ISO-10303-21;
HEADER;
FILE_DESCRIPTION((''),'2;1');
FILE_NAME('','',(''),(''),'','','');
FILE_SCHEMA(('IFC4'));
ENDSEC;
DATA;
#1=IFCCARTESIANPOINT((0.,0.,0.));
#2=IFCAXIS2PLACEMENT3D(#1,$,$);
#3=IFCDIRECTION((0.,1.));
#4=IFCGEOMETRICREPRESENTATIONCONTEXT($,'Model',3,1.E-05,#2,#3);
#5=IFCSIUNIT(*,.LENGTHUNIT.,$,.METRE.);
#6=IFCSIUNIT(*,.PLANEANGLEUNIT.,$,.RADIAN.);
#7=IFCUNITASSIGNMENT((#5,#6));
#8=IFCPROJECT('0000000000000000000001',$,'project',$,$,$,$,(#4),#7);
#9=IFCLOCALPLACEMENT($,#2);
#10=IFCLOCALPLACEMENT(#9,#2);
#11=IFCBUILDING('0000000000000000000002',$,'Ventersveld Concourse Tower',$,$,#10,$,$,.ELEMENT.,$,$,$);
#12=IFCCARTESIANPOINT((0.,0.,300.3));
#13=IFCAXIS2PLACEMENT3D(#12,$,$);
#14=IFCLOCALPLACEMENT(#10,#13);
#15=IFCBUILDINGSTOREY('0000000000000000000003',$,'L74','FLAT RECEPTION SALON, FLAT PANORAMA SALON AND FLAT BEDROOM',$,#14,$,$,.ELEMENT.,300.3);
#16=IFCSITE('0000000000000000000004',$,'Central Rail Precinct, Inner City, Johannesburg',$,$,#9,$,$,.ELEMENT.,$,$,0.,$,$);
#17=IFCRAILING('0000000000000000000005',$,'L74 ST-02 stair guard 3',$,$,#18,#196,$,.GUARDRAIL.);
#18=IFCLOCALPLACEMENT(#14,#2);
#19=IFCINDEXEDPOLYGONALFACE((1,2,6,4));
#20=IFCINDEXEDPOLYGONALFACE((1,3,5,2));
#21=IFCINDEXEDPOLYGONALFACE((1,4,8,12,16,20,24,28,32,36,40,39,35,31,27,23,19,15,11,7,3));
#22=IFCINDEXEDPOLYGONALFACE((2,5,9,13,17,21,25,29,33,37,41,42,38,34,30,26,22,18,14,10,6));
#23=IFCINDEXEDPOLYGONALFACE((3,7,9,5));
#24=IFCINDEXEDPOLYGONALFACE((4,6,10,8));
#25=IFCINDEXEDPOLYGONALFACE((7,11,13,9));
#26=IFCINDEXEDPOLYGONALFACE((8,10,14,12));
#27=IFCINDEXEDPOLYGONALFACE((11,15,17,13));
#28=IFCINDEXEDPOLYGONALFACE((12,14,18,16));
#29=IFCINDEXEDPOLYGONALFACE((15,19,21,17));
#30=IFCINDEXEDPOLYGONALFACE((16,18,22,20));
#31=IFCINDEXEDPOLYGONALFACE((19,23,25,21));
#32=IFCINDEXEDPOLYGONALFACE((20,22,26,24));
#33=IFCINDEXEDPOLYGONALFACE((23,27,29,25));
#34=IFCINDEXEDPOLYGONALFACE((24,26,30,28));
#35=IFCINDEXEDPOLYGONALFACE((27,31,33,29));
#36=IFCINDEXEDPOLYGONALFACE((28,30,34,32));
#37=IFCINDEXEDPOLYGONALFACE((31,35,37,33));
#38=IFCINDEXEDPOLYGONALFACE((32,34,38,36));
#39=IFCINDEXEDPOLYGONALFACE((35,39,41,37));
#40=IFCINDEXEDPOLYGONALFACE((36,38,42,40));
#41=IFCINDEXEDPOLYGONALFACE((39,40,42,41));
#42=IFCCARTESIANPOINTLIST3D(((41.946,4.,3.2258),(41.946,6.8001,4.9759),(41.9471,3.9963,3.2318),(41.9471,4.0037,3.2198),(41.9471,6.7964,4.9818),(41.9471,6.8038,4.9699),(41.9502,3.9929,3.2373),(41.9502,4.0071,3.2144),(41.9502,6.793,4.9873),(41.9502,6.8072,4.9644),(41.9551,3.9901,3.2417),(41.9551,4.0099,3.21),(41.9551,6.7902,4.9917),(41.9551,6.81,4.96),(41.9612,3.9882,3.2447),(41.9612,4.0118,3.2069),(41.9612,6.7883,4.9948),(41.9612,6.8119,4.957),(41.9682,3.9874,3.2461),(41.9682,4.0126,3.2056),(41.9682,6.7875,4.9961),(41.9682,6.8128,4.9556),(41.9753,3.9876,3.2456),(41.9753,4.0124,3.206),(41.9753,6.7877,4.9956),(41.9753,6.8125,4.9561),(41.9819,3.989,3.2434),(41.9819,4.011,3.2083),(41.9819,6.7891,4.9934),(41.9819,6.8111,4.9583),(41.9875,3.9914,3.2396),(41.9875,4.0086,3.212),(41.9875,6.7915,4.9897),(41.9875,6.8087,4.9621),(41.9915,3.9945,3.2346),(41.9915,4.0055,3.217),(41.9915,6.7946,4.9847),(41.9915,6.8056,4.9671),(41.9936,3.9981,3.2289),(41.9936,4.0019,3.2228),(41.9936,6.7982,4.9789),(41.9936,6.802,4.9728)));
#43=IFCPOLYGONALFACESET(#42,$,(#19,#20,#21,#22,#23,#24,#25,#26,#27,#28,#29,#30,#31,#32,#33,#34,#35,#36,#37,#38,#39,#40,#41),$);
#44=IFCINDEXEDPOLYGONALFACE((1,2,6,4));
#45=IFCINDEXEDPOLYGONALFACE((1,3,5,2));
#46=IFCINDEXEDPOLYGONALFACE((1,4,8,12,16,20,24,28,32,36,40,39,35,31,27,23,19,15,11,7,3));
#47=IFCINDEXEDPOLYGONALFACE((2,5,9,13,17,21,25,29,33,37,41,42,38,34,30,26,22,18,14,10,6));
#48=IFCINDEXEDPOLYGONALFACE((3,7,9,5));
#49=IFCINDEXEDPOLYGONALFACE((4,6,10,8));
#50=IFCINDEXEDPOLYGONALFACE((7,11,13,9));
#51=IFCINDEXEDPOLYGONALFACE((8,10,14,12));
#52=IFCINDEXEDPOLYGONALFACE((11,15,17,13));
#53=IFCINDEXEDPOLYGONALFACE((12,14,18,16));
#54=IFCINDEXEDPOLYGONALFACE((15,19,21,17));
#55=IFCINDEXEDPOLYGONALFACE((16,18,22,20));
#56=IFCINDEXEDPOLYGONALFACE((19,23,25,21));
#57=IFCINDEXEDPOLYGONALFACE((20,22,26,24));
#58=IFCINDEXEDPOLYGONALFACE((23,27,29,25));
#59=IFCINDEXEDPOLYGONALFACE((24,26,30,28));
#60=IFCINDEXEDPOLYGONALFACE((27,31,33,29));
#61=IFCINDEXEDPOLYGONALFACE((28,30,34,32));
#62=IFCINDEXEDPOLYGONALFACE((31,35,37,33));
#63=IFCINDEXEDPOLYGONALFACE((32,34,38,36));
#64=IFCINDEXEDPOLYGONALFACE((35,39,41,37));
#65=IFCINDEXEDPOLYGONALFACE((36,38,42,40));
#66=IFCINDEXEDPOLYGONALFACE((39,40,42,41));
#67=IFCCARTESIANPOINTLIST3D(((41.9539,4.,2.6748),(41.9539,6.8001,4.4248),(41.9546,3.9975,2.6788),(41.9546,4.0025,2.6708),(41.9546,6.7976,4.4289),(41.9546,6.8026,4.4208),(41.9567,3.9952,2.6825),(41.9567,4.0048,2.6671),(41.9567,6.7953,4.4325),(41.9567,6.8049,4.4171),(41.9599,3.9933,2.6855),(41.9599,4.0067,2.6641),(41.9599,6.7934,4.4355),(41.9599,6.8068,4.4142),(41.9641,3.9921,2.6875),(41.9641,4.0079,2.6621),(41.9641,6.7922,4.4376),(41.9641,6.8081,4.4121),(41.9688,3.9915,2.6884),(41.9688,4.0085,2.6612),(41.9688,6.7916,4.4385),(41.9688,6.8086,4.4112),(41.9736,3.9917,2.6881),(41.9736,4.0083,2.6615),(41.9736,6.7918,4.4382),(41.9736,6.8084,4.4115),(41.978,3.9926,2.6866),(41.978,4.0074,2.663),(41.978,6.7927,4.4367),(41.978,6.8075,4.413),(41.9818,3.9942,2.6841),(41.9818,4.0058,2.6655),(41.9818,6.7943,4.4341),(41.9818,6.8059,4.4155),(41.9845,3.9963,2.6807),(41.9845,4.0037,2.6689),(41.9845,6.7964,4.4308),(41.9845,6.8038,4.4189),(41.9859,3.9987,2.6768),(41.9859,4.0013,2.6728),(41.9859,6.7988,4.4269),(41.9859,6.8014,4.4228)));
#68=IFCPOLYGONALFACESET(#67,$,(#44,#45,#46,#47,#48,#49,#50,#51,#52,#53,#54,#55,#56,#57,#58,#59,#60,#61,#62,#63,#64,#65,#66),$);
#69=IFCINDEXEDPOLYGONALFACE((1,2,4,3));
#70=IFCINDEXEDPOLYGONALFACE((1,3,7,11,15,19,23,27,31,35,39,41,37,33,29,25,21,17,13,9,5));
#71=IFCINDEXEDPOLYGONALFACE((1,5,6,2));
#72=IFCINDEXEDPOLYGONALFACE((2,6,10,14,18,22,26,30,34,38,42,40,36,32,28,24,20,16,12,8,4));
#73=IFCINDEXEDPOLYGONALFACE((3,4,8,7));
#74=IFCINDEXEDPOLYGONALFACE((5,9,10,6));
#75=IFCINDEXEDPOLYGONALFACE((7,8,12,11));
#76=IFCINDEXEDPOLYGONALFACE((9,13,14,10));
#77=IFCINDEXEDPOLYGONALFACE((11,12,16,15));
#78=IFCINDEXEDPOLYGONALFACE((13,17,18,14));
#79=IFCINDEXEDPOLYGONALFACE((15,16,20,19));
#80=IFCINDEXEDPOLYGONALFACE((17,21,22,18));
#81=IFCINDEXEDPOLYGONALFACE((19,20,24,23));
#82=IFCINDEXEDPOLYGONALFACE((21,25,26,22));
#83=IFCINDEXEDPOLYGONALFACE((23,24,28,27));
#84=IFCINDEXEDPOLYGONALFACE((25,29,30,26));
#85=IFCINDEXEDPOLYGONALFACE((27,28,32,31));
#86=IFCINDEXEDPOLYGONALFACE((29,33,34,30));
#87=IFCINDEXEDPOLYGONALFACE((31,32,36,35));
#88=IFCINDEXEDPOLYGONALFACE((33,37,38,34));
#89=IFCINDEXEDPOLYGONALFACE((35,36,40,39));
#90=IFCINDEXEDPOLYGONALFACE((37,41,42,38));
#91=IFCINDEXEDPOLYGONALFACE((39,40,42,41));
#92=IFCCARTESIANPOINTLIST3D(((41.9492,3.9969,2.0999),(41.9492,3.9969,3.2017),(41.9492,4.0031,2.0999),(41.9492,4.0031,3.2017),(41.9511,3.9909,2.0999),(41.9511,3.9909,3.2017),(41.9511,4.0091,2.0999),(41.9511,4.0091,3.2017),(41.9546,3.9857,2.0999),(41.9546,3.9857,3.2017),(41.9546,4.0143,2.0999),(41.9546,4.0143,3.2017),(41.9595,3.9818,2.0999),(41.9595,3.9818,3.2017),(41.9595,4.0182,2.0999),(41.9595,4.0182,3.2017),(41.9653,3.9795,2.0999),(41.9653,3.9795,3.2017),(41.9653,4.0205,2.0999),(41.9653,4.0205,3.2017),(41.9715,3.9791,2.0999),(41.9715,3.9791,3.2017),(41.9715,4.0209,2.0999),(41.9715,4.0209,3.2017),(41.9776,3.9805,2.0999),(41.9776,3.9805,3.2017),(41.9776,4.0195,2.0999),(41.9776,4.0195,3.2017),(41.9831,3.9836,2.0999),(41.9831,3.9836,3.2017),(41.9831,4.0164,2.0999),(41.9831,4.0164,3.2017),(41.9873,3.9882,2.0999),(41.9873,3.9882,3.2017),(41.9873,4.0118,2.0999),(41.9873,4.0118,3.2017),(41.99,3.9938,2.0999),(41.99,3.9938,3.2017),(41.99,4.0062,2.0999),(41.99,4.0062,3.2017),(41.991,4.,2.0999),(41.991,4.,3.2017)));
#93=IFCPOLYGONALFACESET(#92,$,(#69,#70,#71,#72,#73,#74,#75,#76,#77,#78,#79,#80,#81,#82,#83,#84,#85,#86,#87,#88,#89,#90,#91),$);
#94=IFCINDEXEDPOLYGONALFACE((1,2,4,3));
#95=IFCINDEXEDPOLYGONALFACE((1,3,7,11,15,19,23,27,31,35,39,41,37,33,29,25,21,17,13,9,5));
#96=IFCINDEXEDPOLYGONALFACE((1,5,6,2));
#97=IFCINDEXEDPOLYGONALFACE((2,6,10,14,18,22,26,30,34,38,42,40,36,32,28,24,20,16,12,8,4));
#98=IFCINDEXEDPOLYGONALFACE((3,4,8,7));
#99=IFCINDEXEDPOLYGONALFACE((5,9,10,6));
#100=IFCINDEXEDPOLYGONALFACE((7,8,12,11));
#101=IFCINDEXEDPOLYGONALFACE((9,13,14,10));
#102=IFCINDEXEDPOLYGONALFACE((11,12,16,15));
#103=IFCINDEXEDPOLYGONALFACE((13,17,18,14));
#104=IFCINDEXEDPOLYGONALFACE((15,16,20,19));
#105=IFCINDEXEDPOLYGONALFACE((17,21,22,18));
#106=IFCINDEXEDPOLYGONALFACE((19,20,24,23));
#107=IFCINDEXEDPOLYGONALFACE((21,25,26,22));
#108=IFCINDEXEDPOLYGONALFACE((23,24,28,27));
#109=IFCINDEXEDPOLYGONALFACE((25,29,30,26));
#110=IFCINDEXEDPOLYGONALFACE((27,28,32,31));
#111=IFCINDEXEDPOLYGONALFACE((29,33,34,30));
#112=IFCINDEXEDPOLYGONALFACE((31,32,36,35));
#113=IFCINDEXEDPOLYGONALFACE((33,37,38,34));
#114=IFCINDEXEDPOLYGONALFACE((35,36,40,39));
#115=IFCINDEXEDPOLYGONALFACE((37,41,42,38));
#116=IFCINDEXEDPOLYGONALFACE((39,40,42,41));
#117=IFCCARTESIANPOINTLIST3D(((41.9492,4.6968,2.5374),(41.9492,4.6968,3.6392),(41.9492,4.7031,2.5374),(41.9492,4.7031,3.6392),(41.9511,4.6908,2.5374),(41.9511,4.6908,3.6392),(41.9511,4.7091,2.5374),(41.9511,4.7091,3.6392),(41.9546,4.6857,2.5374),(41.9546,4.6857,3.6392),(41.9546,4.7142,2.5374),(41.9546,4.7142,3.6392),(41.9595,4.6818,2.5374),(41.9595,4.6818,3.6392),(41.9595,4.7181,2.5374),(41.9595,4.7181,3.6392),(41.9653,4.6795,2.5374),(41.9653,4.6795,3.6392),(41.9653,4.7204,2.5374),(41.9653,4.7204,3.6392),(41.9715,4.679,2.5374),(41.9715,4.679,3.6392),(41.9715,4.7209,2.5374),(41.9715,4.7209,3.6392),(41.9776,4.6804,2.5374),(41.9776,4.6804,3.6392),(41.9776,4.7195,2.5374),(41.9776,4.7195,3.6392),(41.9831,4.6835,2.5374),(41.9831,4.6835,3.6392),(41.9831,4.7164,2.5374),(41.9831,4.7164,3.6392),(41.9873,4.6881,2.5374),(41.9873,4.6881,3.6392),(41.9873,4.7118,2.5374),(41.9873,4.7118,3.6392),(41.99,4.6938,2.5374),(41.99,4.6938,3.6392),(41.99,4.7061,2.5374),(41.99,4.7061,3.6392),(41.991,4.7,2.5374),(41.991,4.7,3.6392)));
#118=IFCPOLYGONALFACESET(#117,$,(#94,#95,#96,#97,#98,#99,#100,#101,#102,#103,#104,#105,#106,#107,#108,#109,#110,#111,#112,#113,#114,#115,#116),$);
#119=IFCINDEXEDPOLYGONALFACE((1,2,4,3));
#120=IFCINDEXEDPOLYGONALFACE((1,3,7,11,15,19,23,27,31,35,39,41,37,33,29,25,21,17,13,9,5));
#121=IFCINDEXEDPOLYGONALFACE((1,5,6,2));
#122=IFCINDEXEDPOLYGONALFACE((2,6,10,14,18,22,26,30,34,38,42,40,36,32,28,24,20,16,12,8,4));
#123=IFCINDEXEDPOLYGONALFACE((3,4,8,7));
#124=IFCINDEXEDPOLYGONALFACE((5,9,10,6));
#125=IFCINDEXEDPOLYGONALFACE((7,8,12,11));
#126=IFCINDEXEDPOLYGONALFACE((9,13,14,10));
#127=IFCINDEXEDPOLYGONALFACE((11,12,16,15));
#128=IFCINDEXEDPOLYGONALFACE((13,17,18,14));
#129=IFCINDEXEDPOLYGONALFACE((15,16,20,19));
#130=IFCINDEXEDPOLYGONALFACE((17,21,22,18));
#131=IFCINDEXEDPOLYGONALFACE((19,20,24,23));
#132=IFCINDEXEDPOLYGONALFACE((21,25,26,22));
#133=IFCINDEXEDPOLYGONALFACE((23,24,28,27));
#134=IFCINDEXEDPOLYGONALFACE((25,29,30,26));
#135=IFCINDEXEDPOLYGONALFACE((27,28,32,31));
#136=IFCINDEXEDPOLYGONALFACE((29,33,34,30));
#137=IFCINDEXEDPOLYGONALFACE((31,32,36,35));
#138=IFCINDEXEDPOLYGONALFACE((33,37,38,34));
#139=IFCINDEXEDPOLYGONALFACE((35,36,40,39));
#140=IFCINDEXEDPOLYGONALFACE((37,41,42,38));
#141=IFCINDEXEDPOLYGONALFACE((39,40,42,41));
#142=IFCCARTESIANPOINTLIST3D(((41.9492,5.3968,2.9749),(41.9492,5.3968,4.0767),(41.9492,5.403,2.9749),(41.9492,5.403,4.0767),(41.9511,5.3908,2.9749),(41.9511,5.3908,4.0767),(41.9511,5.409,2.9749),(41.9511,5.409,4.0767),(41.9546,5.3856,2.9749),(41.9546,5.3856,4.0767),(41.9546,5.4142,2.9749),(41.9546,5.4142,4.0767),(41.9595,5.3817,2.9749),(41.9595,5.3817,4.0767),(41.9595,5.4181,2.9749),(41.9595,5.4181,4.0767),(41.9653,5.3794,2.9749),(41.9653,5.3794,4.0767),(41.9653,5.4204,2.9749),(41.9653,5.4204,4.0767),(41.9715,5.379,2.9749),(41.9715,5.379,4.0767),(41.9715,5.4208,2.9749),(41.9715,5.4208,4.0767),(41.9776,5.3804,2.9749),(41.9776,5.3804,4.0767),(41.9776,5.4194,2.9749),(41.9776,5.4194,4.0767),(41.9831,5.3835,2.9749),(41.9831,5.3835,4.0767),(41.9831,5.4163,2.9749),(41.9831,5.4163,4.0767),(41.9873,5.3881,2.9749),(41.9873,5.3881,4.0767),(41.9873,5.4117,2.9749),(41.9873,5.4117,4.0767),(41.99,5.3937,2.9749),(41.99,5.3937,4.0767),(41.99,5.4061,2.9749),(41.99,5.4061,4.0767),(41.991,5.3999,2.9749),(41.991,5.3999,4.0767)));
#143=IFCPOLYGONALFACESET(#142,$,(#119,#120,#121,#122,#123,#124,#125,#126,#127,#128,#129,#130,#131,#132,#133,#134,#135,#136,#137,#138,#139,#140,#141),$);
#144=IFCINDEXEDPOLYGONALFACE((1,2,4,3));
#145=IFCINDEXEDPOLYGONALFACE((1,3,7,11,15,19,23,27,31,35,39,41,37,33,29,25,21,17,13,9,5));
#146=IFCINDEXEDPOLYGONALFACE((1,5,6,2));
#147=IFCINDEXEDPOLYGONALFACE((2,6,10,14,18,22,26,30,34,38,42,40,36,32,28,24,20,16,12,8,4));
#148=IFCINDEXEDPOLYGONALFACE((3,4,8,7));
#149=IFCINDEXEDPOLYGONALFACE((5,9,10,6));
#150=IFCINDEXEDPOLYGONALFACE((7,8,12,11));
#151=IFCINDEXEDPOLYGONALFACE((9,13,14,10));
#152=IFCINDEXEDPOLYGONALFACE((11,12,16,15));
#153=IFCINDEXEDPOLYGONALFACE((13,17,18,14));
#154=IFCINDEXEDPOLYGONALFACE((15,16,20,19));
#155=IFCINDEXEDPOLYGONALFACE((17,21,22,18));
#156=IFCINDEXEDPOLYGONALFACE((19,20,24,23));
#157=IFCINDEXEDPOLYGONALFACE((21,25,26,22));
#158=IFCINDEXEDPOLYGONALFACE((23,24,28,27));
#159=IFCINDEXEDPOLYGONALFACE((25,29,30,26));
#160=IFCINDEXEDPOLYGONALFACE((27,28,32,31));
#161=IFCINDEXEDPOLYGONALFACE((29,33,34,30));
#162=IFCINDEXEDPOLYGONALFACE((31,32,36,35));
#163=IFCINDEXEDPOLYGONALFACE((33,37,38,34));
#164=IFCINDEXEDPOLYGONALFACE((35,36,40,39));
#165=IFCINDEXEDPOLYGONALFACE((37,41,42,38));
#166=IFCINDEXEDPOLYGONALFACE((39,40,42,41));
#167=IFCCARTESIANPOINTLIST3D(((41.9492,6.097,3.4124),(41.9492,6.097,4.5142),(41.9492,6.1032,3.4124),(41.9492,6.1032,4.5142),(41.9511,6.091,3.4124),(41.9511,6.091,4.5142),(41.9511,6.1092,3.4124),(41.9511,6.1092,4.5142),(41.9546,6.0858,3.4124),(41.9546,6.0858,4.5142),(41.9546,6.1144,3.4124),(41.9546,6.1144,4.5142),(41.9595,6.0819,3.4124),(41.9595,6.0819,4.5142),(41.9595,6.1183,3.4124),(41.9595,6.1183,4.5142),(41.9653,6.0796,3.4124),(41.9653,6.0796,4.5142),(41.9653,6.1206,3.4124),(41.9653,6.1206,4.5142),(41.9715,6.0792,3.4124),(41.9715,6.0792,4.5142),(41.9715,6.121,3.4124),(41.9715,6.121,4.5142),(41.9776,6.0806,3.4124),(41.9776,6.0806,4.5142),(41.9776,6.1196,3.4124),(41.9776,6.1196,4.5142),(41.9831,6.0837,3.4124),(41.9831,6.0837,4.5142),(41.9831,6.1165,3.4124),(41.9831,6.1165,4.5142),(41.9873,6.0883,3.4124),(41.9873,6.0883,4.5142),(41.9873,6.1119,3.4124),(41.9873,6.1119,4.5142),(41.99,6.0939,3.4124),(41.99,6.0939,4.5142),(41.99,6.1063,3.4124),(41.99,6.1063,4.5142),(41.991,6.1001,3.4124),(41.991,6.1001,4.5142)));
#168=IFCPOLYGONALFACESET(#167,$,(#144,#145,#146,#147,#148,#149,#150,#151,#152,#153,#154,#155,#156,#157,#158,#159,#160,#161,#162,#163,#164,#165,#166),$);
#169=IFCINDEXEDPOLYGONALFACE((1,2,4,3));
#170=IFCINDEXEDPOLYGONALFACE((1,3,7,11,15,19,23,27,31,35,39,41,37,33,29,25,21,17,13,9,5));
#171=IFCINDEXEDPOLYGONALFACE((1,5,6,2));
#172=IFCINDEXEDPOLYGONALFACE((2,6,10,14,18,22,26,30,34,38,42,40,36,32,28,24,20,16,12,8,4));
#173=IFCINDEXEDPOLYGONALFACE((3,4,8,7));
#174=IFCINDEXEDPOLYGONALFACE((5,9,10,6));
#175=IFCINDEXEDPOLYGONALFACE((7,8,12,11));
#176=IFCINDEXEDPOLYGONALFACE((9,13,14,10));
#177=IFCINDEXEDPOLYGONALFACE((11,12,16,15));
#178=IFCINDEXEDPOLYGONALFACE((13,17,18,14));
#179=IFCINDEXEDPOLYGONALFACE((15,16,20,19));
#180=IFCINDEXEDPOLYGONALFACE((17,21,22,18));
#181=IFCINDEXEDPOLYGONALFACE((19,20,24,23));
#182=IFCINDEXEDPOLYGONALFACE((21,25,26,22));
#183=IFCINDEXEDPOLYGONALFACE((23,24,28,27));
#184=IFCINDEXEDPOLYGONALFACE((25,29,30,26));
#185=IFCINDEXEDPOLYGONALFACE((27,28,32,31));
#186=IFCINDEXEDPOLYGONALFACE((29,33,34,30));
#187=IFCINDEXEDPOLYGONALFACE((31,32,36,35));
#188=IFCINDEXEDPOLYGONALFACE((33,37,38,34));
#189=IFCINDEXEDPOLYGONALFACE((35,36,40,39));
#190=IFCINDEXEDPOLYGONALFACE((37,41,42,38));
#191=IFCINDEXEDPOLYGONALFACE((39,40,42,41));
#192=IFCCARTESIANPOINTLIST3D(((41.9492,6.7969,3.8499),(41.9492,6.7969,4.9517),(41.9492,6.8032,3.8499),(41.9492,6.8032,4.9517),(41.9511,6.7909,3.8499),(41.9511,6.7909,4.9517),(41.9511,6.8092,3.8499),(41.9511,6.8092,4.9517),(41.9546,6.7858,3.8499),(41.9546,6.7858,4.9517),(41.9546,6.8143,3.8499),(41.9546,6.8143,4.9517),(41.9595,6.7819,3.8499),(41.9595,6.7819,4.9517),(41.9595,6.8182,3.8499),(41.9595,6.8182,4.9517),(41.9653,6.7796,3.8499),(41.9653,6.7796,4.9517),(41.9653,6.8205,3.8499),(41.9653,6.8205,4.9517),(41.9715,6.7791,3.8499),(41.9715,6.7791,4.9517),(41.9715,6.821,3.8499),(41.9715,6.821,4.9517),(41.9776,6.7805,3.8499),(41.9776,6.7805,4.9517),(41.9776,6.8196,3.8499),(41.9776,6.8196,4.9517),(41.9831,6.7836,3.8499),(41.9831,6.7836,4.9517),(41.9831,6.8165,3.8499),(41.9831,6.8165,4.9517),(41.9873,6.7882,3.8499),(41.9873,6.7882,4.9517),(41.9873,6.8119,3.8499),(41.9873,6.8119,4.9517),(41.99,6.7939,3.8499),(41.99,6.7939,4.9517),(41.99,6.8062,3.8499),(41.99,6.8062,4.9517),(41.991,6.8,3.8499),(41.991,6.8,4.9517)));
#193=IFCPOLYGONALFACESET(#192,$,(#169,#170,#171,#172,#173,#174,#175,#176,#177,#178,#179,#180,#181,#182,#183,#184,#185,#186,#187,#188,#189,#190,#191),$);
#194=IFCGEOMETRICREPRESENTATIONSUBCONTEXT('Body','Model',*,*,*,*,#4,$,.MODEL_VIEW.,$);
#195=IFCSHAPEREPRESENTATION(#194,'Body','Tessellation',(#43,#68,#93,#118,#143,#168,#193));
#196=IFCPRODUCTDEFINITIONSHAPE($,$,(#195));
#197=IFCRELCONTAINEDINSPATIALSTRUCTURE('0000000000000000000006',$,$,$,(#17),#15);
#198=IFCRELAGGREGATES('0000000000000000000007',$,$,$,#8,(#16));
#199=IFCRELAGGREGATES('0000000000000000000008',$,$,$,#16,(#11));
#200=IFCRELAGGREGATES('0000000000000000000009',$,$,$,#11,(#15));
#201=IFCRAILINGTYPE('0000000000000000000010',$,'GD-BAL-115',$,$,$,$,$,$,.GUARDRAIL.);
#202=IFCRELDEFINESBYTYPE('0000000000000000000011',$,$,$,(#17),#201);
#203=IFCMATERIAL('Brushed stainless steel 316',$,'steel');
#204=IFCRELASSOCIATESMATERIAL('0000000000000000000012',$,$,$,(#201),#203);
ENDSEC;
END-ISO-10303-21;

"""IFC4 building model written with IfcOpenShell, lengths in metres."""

from ifc_helpers import new_model, si_unit, direction, frame, origin, origin_2d, place, context, subcontext, project, spatial, circle, extrude, material, type_object, element, save


model = new_model("IFC4")

# Units and contexts
model_context = context("Model", 3, precision=1e-05, world=origin(), true_north=direction((0.0, 1.0)))
body_context = subcontext(model_context, "Body", "Model", "MODEL_VIEW")
ifc_project = project(units=[si_unit("LENGTHUNIT", "METRE"), si_unit("PLANEANGLEUNIT", "RADIAN")], contexts=[model_context])

# Site, building, storey
site_placement = place(None, origin())
site = spatial("IfcSite", under=ifc_project, at=site_placement, Name="Central Rail Precinct, Inner City, Johannesburg", CompositionType="ELEMENT", RefElevation=0.0)
building_placement = place(site_placement, origin())
building = spatial("IfcBuilding", under=site, at=building_placement, Name="Ventersveld Concourse Tower", CompositionType="ELEMENT")
storey_placement = place(building_placement, frame((0.0, 0.0, 300.3)))
storey = spatial("IfcBuildingStorey", under=building, at=storey_placement, Name="L74", Description="FLAT RECEPTION SALON, FLAT PANORAMA SALON AND FLAT BEDROOM", CompositionType="ELEMENT", Elevation=300.3)

# Shared definitions
ifc_material_1 = material(Name="Brushed stainless steel 316", Category="steel")

# Railing
railing_type_1 = type_object("IfcRailingType", Name="GD-BAL-115", PredefinedType="GUARDRAIL", material=ifc_material_1)
railing_1_placement = place(storey_placement, frame((41.97, 4.0, 2.0999)))
element("IfcRailing", 1, at=railing_1_placement, inside=storey, type_object=railing_type_1, Name="L74 ST-02 stair guard 3", PredefinedType="GUARDRAIL", context=body_context, shape_type="SweptSolid", body=[
    extrude(circle(Radius=0.0239, at=origin_2d()), frame((0.0, 0.0, 1.126), z_axis=(0.0, 0.848002, 0.529992), x_axis=(-1.0, 0.0, 0.0)), (0.0, 0.0, 1.0), 3.302),
    extrude(circle(Radius=0.0161, at=origin_2d()), frame((0.0, 0.0, 0.575), z_axis=(0.0, 0.848002, 0.529992), x_axis=(-1.0, 0.0, 0.0)), (0.0, 0.0, 1.0), 3.302),
    extrude(circle(Radius=0.021, at=origin_2d()), origin(), (0.0, 0.0, 1.0), 1.1018),
    extrude(circle(Radius=0.021, at=origin_2d()), frame((0.0, 0.7, 0.4375)), (0.0, 0.0, 1.0), 1.1018),
    extrude(circle(Radius=0.021, at=origin_2d()), frame((0.0, 1.3999, 0.875)), (0.0, 0.0, 1.0), 1.1018),
    extrude(circle(Radius=0.021, at=origin_2d()), frame((0.0, 2.1001, 1.3125)), (0.0, 0.0, 1.0), 1.1018),
    extrude(circle(Radius=0.021, at=origin_2d()), frame((0.0, 2.8, 1.75)), (0.0, 0.0, 1.0), 1.1018),
])

save(model, "model.ifc")
